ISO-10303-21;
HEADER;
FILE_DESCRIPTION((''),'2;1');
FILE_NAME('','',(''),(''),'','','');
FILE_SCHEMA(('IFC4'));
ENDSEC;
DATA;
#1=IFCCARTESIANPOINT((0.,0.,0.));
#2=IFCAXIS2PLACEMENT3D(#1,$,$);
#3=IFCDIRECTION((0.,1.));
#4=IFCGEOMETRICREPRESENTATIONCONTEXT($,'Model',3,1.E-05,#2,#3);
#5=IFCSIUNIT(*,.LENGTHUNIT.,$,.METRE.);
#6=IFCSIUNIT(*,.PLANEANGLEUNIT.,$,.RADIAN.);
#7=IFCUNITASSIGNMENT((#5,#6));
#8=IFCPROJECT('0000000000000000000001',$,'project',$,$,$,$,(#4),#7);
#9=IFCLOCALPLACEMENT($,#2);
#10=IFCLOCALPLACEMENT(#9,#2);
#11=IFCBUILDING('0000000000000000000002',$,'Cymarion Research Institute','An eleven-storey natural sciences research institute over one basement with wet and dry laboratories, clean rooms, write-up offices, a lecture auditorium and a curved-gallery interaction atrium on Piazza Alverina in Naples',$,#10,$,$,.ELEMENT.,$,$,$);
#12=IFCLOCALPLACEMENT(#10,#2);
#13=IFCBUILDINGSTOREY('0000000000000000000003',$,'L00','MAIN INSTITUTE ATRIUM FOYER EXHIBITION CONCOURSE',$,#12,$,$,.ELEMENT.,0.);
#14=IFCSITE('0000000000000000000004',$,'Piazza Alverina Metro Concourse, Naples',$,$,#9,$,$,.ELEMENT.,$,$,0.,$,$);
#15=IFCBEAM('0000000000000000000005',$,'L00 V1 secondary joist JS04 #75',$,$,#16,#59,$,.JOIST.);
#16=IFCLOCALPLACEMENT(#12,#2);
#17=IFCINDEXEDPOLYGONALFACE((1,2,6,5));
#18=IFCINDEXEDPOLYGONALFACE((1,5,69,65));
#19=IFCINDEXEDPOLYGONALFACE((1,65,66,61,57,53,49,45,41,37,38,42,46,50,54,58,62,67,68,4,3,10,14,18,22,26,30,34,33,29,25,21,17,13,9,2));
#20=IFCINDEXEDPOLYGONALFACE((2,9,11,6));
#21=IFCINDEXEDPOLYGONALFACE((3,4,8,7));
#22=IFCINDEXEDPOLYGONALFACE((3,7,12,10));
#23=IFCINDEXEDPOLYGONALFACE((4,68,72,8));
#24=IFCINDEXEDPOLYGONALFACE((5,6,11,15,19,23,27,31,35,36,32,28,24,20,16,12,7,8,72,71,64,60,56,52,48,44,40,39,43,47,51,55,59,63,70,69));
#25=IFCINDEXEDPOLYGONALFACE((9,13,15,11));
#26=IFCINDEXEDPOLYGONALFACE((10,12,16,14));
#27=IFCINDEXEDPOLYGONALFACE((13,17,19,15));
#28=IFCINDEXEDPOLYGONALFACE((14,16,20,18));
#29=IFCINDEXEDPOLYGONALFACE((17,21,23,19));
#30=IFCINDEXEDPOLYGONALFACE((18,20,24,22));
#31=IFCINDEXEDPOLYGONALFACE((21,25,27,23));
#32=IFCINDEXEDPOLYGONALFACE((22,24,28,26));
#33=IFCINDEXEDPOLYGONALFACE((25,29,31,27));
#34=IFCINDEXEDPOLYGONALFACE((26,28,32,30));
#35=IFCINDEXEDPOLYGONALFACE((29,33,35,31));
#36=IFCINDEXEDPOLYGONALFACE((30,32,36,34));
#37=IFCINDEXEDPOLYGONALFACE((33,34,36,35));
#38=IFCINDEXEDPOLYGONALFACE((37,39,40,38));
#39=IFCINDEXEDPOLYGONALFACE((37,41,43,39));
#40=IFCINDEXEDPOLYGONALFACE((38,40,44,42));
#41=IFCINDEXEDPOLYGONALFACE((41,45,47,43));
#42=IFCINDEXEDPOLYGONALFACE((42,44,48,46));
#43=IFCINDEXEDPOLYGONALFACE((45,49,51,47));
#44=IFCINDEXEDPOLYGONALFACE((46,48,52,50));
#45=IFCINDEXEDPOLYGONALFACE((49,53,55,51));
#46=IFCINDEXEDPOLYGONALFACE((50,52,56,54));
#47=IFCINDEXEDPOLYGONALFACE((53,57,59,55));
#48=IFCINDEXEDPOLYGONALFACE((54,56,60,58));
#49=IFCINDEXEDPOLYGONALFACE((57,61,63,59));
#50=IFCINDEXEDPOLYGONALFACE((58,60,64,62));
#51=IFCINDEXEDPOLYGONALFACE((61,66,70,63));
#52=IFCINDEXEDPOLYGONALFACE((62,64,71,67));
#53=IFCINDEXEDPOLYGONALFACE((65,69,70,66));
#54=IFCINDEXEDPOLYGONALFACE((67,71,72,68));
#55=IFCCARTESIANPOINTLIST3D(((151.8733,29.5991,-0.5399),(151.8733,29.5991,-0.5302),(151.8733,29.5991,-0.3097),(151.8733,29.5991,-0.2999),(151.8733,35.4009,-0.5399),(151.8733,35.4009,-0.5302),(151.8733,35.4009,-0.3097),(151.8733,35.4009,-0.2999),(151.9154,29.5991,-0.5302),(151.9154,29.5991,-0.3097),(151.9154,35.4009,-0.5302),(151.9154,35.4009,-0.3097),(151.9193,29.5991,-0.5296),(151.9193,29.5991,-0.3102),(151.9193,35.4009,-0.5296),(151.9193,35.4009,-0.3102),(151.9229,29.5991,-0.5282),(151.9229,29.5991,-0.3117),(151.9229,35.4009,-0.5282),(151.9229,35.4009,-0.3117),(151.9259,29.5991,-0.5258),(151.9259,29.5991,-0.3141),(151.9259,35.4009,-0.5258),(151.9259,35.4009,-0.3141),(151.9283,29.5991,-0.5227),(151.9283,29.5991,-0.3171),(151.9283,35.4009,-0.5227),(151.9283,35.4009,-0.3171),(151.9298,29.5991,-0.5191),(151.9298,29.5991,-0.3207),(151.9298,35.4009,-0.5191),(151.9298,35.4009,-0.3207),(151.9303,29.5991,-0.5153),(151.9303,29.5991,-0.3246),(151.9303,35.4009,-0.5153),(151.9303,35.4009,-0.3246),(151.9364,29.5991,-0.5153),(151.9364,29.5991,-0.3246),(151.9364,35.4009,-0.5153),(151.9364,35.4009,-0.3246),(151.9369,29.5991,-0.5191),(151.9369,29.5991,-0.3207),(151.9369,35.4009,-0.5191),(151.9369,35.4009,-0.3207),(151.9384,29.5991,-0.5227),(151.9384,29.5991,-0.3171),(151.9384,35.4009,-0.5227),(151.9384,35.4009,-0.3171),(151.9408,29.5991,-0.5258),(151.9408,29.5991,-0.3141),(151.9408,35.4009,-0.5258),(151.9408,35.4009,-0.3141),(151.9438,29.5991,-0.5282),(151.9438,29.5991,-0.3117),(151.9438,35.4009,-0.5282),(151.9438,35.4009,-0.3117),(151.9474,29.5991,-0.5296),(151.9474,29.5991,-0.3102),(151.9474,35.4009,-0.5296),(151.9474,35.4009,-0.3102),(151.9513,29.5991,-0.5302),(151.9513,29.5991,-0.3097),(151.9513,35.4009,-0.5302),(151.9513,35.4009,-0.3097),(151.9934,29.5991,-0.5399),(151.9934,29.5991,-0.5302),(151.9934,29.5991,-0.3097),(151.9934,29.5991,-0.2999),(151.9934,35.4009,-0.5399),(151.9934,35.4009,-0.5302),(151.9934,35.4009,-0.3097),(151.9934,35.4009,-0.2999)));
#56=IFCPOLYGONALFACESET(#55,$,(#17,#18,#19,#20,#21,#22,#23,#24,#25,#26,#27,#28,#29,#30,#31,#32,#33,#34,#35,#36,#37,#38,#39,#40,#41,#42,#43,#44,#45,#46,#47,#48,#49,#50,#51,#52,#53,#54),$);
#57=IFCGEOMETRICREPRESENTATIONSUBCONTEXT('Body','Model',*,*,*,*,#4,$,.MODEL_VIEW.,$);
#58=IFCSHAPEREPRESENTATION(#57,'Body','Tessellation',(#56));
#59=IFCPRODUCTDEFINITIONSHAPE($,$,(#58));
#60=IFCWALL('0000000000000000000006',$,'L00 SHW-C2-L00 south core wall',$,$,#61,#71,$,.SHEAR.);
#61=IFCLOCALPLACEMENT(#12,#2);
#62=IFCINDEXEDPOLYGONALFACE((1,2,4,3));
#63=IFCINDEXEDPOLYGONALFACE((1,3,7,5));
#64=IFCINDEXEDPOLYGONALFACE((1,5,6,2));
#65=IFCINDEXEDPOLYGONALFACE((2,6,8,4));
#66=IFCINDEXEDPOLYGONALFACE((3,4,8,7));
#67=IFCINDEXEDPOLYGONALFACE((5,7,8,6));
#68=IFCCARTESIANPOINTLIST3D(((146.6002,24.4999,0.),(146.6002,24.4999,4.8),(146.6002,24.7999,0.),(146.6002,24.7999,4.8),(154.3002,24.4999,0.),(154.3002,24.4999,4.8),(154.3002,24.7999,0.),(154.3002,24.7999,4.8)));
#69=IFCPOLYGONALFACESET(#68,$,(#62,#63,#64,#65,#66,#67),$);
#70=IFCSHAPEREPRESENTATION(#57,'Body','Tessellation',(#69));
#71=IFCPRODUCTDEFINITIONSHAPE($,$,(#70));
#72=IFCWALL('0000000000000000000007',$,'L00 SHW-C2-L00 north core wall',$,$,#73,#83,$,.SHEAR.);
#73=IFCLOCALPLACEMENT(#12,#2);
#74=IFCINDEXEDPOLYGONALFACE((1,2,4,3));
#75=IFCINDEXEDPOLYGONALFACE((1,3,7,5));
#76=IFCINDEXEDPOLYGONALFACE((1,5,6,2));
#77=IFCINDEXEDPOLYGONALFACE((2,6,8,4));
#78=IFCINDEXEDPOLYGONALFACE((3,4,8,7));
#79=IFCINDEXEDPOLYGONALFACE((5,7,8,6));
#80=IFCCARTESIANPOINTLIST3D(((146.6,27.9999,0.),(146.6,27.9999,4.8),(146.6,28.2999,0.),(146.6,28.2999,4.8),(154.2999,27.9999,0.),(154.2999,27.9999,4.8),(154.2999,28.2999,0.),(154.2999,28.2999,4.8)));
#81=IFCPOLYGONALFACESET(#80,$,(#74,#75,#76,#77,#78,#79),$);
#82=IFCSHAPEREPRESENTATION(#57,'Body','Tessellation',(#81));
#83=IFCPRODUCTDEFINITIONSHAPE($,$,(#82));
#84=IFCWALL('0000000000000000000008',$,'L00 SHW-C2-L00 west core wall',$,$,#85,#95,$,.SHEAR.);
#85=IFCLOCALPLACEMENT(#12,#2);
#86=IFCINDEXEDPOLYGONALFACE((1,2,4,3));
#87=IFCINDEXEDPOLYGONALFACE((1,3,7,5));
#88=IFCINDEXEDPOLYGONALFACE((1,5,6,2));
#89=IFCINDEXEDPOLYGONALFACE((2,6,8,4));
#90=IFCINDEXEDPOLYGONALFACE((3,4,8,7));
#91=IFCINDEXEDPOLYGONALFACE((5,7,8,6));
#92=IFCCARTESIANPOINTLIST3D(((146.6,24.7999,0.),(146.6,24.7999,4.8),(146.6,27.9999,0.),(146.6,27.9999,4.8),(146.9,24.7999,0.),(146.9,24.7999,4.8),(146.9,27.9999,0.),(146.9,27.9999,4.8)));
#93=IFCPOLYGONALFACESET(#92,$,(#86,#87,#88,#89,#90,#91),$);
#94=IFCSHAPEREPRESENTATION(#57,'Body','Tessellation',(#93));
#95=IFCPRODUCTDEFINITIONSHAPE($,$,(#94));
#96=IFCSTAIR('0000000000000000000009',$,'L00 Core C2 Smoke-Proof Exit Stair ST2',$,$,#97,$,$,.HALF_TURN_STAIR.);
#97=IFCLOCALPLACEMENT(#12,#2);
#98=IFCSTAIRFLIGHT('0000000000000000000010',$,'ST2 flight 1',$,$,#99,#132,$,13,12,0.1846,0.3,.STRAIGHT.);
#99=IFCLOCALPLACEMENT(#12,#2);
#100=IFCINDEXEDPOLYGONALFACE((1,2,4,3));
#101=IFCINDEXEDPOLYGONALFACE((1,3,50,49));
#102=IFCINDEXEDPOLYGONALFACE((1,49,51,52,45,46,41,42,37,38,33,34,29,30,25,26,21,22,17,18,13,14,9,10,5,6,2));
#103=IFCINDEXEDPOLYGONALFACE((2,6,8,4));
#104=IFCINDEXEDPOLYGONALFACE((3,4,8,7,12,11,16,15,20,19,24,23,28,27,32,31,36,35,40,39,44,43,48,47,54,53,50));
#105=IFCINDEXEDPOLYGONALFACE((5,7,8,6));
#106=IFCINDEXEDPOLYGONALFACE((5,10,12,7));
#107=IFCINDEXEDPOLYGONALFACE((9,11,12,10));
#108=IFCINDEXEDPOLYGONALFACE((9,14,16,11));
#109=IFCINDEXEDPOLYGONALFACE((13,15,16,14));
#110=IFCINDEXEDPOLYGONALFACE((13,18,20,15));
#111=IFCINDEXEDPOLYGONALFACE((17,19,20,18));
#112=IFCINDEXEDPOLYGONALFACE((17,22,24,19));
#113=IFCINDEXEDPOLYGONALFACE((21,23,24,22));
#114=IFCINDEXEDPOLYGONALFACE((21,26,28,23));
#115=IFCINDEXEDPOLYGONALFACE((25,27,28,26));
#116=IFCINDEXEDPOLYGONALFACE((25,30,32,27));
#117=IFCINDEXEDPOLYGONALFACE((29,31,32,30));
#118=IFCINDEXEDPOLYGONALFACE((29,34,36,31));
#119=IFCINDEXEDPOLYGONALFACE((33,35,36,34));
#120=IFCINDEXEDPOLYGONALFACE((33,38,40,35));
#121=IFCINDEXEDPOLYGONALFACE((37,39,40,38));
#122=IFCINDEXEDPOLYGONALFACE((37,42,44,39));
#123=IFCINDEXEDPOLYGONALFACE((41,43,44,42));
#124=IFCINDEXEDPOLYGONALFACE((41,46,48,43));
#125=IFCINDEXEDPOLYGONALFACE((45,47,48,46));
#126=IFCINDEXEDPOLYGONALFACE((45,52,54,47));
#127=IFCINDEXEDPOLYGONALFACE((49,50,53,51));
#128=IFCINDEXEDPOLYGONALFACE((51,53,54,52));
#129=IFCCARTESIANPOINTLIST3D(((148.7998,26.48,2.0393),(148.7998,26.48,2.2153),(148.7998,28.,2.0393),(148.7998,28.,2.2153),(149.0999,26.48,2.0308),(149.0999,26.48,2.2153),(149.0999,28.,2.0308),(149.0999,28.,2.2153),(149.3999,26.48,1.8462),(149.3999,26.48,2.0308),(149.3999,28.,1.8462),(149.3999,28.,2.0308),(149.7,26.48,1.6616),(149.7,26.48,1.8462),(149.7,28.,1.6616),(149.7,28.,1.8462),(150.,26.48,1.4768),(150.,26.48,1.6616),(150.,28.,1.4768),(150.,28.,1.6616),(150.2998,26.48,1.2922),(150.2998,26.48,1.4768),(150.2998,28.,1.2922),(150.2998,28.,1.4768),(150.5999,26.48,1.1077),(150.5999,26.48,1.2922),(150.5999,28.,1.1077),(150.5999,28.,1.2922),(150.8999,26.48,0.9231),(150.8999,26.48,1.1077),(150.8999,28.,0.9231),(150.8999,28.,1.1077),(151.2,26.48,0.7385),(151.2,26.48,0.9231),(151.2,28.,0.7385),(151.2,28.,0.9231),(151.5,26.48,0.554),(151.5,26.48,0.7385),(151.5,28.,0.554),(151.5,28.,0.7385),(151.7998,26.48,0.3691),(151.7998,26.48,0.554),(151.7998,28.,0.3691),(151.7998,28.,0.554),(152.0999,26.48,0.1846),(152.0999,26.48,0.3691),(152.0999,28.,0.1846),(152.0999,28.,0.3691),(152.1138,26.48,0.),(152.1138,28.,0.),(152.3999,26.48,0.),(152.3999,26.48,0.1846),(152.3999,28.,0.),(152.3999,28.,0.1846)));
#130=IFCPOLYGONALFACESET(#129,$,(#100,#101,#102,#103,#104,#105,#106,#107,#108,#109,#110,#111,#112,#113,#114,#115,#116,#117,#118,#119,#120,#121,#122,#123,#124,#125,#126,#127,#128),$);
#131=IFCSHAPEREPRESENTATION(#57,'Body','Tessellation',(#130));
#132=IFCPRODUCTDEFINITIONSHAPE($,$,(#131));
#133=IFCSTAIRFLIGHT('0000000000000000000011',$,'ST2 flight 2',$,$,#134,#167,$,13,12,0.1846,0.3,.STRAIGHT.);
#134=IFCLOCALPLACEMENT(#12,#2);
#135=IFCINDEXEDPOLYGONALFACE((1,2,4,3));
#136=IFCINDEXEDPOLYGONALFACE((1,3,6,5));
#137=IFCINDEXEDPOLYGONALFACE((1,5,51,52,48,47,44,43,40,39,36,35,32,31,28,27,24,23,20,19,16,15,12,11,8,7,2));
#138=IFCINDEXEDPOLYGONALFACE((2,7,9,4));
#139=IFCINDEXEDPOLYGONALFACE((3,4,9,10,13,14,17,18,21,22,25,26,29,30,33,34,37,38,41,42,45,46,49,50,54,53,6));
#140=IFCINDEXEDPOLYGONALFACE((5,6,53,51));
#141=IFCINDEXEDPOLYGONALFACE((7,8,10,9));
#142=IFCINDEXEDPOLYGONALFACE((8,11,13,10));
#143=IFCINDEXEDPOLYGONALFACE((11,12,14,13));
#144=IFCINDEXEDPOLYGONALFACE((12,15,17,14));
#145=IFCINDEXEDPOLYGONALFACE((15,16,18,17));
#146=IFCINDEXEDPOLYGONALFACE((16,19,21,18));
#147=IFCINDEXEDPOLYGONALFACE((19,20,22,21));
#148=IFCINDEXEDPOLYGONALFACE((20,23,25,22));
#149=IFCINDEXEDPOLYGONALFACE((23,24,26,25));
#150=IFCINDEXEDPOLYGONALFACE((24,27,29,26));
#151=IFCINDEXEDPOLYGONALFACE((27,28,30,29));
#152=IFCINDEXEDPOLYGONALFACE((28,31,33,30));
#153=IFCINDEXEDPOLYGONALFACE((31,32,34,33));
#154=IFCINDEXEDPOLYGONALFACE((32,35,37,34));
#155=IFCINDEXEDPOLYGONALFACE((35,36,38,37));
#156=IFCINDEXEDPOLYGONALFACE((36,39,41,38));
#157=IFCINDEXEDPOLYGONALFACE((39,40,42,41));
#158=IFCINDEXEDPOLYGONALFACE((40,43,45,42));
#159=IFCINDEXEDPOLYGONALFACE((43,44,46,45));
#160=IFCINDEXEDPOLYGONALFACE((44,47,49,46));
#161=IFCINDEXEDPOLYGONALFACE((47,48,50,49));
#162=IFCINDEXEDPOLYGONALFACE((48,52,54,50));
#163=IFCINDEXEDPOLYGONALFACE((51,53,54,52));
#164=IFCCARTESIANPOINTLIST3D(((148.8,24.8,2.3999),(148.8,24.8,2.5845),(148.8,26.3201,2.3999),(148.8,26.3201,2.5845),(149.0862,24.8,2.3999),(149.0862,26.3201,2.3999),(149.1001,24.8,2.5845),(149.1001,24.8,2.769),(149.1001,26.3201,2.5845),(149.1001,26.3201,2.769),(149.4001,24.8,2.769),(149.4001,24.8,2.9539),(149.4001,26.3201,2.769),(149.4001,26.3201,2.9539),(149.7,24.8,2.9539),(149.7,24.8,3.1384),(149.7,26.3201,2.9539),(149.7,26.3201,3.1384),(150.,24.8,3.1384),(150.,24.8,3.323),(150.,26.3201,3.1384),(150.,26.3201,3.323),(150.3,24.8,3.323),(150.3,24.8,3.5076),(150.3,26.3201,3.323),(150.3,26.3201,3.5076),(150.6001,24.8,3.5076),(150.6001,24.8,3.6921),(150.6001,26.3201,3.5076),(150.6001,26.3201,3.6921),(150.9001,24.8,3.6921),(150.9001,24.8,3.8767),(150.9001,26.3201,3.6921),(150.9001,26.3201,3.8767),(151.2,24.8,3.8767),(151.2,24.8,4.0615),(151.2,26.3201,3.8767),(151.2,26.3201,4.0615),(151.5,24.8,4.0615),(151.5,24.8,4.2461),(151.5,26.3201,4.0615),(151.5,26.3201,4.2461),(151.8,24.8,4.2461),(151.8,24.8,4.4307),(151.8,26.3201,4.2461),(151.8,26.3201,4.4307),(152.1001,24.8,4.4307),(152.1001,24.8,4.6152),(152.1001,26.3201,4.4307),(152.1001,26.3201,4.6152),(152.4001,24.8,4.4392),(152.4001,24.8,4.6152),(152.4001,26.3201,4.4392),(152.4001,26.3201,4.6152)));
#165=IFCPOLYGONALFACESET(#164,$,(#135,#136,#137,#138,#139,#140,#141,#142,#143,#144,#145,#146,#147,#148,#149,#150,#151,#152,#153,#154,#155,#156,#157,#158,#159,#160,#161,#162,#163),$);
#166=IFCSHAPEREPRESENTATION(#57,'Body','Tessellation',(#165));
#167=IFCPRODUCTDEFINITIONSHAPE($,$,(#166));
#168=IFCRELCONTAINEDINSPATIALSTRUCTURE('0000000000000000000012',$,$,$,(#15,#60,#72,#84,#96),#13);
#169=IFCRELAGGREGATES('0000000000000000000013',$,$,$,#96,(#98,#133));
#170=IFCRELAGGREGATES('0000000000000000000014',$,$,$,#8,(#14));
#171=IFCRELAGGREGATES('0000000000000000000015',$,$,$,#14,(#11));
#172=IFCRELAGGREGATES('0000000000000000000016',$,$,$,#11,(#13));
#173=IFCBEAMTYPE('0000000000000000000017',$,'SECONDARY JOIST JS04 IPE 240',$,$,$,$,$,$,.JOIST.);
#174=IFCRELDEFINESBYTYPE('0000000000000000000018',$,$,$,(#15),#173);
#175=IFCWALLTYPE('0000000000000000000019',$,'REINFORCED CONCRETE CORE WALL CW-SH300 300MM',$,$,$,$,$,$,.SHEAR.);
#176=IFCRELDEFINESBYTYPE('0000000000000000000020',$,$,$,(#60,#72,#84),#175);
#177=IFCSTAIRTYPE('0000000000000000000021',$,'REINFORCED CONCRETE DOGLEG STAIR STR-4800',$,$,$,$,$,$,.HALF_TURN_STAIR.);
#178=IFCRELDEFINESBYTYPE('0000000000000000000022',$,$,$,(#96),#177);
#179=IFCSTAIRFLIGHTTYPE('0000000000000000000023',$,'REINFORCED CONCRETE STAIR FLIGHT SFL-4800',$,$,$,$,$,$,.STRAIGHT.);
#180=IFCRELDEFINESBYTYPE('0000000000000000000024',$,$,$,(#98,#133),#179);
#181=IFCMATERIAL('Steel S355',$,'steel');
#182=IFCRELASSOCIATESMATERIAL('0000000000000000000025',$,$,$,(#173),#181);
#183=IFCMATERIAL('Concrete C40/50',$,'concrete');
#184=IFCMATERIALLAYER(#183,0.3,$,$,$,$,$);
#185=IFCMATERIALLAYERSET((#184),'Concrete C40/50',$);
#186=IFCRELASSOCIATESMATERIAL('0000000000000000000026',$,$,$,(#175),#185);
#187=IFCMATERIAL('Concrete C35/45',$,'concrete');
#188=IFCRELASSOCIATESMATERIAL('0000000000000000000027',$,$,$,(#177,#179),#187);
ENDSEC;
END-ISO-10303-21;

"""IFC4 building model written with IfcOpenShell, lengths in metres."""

from ifc_helpers import new_model, si_unit, direction, frame, frame_2d, origin, origin_2d, place, context, subcontext, project, spatial, polyline, rectangle, i_section, outline, extrude, material, layer, layer_set, material_profile, profile_set, type_object, element, aggregate, save


model = new_model("IFC4")

# Units and contexts
model_context = context("Model", 3, precision=1e-05, world=origin(), true_north=direction((0.0, 1.0)))
body_context = subcontext(model_context, "Body", "Model", "MODEL_VIEW")
ifc_project = project(units=[si_unit("LENGTHUNIT", "METRE"), si_unit("PLANEANGLEUNIT", "RADIAN")], contexts=[model_context])

# Site, building, storey
site_placement = place(None, origin())
site = spatial("IfcSite", under=ifc_project, at=site_placement, Name="Piazza Alverina Metro Concourse, Naples", CompositionType="ELEMENT", RefElevation=0.0)
building_placement = place(site_placement, origin())
building = spatial("IfcBuilding", under=site, at=building_placement, Name="Cymarion Research Institute", Description="An eleven-storey natural sciences research institute over one basement with wet and dry laboratories, clean rooms, write-up offices, a lecture auditorium and a curved-gallery interaction atrium on Piazza Alverina in Naples", CompositionType="ELEMENT")
storey_placement = place(building_placement, origin())
storey = spatial("IfcBuildingStorey", under=building, at=storey_placement, Name="L00", Description="MAIN INSTITUTE ATRIUM FOYER EXHIBITION CONCOURSE", CompositionType="ELEMENT", Elevation=0.0)

# Shared definitions
ifc_material_1 = material(Name="Steel S355", Category="steel")

# Beam
ifc_material_2 = material(Name="Concrete C40/50", Category="concrete")
ifc_material_profile_1 = material_profile(ifc_material_1, i_section(OverallWidth=0.1201, OverallDepth=0.24, WebThickness=0.0061, FlangeThickness=0.0098, FilletRadius=0.0149, at=origin_2d()), Name="IPE 240")
ifc_profile_set_1 = profile_set([ifc_material_profile_1], Name="Steel S355")
beam_type_1 = type_object("IfcBeamType", Name="SECONDARY JOIST JS04 IPE 240", PredefinedType="JOIST", material=ifc_profile_set_1)
for number, where, z_axis, x_axis, name in (
    (1, (151.9333, 29.5991, -0.4199), (0.0, 1.0, 0.0), (-1.0, 0.0, 0.0), "L00 V1 secondary joist JS04 #75"),
):
    element("IfcBeam", number, at=place(storey_placement, frame(where, z_axis=z_axis, x_axis=x_axis)), inside=storey, type_object=beam_type_1, Name=name, PredefinedType="JOIST", context=body_context, shape_type="SweptSolid", body=[
        extrude(i_section(OverallWidth=0.1201, OverallDepth=0.24, WebThickness=0.0061, FlangeThickness=0.0098, FilletRadius=0.0149, at=origin_2d()), origin(), (0.0, 0.0, 1.0), 5.8018),
    ])

# Walls
ifc_layer = layer(ifc_material_2, 0.3)
ifc_layer_set = layer_set([ifc_layer], Name="Concrete C40/50")
wall_type = type_object("IfcWallType", Name="REINFORCED CONCRETE CORE WALL CW-SH300 300MM", PredefinedType="SHEAR", material=ifc_layer_set)
for number, where, z_axis, x_axis, name in (
    (2, (146.6001, 24.6499, 0.0), (0.0, 0.0, 1.0), (1.0, 0.0, 0.0), "L00 SHW-C2-L00 south core wall"),
    (3, (154.3, 28.1499, 0.0), (0.0, 0.0, 1.0), (-1.0, 0.0, 0.0), "L00 SHW-C2-L00 north core wall"),
):
    element("IfcWall", number, at=place(storey_placement, frame(where, z_axis=z_axis, x_axis=x_axis)), inside=storey, type_object=wall_type, Name=name, PredefinedType="SHEAR", context=body_context, shape_type="SweptSolid", body=[
        extrude(rectangle(XDim=7.7, YDim=0.3, at=frame_2d((3.8501, 0.0))), origin(), (0.0, 0.0, 1.0), 4.8),
    ])
wall_1_placement = place(storey_placement, frame((146.75, 28.0, 0.0), z_axis=(0.0, 0.0, 1.0), x_axis=(0.0, -1.0, 0.0)))
element("IfcWall", 4, at=wall_1_placement, inside=storey, type_object=wall_type, Name="L00 SHW-C2-L00 west core wall", PredefinedType="SHEAR", context=body_context, shape_type="SweptSolid", body=[
    extrude(rectangle(XDim=3.2, YDim=0.3, at=frame_2d((1.6001, 0.0))), origin(), (0.0, 0.0, 1.0), 4.8),
])

# Stair, stair flights
ifc_material_3 = material(Name="Concrete C35/45", Category="concrete")
stair_type = type_object("IfcStairType", Name="REINFORCED CONCRETE DOGLEG STAIR STR-4800", PredefinedType="HALF_TURN_STAIR", material=ifc_material_3)
stair_placement = place(storey_placement, origin())
stair = element("IfcStair", 5, at=stair_placement, inside=storey, type_object=stair_type, Name="L00 Core C2 Smoke-Proof Exit Stair ST2", PredefinedType="HALF_TURN_STAIR")
stair_flight_type = type_object("IfcStairFlightType", Name="REINFORCED CONCRETE STAIR FLIGHT SFL-4800", PredefinedType="STRAIGHT", material=ifc_material_3)
stair_flight_1_placement = place(storey_placement, frame((152.3999, 27.24, 0.0), z_axis=(0.0, 0.0, 1.0), x_axis=(-1.0, 0.0, 0.0)))
stair_flight_1 = element("IfcStairFlight", 6, at=stair_flight_1_placement, type_object=stair_flight_type, Name="ST2 flight 1", NumberOfRisers=13, NumberOfTreads=12, PredefinedType="STRAIGHT", RiserHeight=0.1846, TreadLength=0.3, context=body_context, shape_type="SweptSolid", body=[
    extrude(outline(polyline([(0.0, 0.0), (0.0, 0.1846), (0.3, 0.1846), (0.3, 0.3691), (0.6001, 0.3691), (0.6001, 0.554), (0.8999, 0.554), (0.8999, 0.7385), (1.2, 0.7385), (1.2, 0.9231), (1.5, 0.9231), (1.5, 1.1077), (1.8, 1.1077), (1.8, 1.2922), (2.1001, 1.2922), (2.1001, 1.4768), (2.3999, 1.4768), (2.3999, 1.6616), (2.7, 1.6616), (2.7, 1.8462), (3.0, 1.8462), (3.0, 2.0308), (3.3, 2.0308), (3.3, 2.2153), (3.6001, 2.2153), (3.6001, 2.3999), (3.6001, 2.0393), (0.2861, 0.0), (0.0, 0.0)])), frame((0.0, 0.76, 0.0), z_axis=(0.0, -1.0, 0.0), x_axis=(1.0, 0.0, 0.0)), (0.0, 0.0, 1.0), 1.52),
])
stair_flight_2_placement = place(storey_placement, frame((148.8, 25.5601, 2.3999), z_axis=(0.0, 0.0, 1.0), x_axis=(1.0, 0.0, 0.0)))
stair_flight_2 = element("IfcStairFlight", 7, at=stair_flight_2_placement, type_object=stair_flight_type, Name="ST2 flight 2", NumberOfRisers=13, NumberOfTreads=12, PredefinedType="STRAIGHT", RiserHeight=0.1846, TreadLength=0.3, context=body_context, shape_type="SweptSolid", body=[
    extrude(outline(polyline([(0.0, 0.0), (0.0, 0.1846), (0.3, 0.1846), (0.3, 0.3691), (0.6001, 0.3691), (0.6001, 0.554), (0.8999, 0.554), (0.8999, 0.7385), (1.2, 0.7385), (1.2, 0.9231), (1.5, 0.9231), (1.5, 1.1077), (1.8, 1.1077), (1.8, 1.2922), (2.1001, 1.2922), (2.1001, 1.4768), (2.3999, 1.4768), (2.3999, 1.6616), (2.7, 1.6616), (2.7, 1.8462), (3.0, 1.8462), (3.0, 2.0308), (3.3, 2.0308), (3.3, 2.2153), (3.6001, 2.2153), (3.6001, 2.3999), (3.6001, 2.0393), (0.2861, 0.0), (0.0, 0.0)])), frame((0.0, 0.76, 0.0), z_axis=(0.0, -1.0, 0.0), x_axis=(1.0, 0.0, 0.0)), (0.0, 0.0, 1.0), 1.52),
])
aggregate(stair, [stair_flight_1, stair_flight_2])

save(model, "model.ifc")
